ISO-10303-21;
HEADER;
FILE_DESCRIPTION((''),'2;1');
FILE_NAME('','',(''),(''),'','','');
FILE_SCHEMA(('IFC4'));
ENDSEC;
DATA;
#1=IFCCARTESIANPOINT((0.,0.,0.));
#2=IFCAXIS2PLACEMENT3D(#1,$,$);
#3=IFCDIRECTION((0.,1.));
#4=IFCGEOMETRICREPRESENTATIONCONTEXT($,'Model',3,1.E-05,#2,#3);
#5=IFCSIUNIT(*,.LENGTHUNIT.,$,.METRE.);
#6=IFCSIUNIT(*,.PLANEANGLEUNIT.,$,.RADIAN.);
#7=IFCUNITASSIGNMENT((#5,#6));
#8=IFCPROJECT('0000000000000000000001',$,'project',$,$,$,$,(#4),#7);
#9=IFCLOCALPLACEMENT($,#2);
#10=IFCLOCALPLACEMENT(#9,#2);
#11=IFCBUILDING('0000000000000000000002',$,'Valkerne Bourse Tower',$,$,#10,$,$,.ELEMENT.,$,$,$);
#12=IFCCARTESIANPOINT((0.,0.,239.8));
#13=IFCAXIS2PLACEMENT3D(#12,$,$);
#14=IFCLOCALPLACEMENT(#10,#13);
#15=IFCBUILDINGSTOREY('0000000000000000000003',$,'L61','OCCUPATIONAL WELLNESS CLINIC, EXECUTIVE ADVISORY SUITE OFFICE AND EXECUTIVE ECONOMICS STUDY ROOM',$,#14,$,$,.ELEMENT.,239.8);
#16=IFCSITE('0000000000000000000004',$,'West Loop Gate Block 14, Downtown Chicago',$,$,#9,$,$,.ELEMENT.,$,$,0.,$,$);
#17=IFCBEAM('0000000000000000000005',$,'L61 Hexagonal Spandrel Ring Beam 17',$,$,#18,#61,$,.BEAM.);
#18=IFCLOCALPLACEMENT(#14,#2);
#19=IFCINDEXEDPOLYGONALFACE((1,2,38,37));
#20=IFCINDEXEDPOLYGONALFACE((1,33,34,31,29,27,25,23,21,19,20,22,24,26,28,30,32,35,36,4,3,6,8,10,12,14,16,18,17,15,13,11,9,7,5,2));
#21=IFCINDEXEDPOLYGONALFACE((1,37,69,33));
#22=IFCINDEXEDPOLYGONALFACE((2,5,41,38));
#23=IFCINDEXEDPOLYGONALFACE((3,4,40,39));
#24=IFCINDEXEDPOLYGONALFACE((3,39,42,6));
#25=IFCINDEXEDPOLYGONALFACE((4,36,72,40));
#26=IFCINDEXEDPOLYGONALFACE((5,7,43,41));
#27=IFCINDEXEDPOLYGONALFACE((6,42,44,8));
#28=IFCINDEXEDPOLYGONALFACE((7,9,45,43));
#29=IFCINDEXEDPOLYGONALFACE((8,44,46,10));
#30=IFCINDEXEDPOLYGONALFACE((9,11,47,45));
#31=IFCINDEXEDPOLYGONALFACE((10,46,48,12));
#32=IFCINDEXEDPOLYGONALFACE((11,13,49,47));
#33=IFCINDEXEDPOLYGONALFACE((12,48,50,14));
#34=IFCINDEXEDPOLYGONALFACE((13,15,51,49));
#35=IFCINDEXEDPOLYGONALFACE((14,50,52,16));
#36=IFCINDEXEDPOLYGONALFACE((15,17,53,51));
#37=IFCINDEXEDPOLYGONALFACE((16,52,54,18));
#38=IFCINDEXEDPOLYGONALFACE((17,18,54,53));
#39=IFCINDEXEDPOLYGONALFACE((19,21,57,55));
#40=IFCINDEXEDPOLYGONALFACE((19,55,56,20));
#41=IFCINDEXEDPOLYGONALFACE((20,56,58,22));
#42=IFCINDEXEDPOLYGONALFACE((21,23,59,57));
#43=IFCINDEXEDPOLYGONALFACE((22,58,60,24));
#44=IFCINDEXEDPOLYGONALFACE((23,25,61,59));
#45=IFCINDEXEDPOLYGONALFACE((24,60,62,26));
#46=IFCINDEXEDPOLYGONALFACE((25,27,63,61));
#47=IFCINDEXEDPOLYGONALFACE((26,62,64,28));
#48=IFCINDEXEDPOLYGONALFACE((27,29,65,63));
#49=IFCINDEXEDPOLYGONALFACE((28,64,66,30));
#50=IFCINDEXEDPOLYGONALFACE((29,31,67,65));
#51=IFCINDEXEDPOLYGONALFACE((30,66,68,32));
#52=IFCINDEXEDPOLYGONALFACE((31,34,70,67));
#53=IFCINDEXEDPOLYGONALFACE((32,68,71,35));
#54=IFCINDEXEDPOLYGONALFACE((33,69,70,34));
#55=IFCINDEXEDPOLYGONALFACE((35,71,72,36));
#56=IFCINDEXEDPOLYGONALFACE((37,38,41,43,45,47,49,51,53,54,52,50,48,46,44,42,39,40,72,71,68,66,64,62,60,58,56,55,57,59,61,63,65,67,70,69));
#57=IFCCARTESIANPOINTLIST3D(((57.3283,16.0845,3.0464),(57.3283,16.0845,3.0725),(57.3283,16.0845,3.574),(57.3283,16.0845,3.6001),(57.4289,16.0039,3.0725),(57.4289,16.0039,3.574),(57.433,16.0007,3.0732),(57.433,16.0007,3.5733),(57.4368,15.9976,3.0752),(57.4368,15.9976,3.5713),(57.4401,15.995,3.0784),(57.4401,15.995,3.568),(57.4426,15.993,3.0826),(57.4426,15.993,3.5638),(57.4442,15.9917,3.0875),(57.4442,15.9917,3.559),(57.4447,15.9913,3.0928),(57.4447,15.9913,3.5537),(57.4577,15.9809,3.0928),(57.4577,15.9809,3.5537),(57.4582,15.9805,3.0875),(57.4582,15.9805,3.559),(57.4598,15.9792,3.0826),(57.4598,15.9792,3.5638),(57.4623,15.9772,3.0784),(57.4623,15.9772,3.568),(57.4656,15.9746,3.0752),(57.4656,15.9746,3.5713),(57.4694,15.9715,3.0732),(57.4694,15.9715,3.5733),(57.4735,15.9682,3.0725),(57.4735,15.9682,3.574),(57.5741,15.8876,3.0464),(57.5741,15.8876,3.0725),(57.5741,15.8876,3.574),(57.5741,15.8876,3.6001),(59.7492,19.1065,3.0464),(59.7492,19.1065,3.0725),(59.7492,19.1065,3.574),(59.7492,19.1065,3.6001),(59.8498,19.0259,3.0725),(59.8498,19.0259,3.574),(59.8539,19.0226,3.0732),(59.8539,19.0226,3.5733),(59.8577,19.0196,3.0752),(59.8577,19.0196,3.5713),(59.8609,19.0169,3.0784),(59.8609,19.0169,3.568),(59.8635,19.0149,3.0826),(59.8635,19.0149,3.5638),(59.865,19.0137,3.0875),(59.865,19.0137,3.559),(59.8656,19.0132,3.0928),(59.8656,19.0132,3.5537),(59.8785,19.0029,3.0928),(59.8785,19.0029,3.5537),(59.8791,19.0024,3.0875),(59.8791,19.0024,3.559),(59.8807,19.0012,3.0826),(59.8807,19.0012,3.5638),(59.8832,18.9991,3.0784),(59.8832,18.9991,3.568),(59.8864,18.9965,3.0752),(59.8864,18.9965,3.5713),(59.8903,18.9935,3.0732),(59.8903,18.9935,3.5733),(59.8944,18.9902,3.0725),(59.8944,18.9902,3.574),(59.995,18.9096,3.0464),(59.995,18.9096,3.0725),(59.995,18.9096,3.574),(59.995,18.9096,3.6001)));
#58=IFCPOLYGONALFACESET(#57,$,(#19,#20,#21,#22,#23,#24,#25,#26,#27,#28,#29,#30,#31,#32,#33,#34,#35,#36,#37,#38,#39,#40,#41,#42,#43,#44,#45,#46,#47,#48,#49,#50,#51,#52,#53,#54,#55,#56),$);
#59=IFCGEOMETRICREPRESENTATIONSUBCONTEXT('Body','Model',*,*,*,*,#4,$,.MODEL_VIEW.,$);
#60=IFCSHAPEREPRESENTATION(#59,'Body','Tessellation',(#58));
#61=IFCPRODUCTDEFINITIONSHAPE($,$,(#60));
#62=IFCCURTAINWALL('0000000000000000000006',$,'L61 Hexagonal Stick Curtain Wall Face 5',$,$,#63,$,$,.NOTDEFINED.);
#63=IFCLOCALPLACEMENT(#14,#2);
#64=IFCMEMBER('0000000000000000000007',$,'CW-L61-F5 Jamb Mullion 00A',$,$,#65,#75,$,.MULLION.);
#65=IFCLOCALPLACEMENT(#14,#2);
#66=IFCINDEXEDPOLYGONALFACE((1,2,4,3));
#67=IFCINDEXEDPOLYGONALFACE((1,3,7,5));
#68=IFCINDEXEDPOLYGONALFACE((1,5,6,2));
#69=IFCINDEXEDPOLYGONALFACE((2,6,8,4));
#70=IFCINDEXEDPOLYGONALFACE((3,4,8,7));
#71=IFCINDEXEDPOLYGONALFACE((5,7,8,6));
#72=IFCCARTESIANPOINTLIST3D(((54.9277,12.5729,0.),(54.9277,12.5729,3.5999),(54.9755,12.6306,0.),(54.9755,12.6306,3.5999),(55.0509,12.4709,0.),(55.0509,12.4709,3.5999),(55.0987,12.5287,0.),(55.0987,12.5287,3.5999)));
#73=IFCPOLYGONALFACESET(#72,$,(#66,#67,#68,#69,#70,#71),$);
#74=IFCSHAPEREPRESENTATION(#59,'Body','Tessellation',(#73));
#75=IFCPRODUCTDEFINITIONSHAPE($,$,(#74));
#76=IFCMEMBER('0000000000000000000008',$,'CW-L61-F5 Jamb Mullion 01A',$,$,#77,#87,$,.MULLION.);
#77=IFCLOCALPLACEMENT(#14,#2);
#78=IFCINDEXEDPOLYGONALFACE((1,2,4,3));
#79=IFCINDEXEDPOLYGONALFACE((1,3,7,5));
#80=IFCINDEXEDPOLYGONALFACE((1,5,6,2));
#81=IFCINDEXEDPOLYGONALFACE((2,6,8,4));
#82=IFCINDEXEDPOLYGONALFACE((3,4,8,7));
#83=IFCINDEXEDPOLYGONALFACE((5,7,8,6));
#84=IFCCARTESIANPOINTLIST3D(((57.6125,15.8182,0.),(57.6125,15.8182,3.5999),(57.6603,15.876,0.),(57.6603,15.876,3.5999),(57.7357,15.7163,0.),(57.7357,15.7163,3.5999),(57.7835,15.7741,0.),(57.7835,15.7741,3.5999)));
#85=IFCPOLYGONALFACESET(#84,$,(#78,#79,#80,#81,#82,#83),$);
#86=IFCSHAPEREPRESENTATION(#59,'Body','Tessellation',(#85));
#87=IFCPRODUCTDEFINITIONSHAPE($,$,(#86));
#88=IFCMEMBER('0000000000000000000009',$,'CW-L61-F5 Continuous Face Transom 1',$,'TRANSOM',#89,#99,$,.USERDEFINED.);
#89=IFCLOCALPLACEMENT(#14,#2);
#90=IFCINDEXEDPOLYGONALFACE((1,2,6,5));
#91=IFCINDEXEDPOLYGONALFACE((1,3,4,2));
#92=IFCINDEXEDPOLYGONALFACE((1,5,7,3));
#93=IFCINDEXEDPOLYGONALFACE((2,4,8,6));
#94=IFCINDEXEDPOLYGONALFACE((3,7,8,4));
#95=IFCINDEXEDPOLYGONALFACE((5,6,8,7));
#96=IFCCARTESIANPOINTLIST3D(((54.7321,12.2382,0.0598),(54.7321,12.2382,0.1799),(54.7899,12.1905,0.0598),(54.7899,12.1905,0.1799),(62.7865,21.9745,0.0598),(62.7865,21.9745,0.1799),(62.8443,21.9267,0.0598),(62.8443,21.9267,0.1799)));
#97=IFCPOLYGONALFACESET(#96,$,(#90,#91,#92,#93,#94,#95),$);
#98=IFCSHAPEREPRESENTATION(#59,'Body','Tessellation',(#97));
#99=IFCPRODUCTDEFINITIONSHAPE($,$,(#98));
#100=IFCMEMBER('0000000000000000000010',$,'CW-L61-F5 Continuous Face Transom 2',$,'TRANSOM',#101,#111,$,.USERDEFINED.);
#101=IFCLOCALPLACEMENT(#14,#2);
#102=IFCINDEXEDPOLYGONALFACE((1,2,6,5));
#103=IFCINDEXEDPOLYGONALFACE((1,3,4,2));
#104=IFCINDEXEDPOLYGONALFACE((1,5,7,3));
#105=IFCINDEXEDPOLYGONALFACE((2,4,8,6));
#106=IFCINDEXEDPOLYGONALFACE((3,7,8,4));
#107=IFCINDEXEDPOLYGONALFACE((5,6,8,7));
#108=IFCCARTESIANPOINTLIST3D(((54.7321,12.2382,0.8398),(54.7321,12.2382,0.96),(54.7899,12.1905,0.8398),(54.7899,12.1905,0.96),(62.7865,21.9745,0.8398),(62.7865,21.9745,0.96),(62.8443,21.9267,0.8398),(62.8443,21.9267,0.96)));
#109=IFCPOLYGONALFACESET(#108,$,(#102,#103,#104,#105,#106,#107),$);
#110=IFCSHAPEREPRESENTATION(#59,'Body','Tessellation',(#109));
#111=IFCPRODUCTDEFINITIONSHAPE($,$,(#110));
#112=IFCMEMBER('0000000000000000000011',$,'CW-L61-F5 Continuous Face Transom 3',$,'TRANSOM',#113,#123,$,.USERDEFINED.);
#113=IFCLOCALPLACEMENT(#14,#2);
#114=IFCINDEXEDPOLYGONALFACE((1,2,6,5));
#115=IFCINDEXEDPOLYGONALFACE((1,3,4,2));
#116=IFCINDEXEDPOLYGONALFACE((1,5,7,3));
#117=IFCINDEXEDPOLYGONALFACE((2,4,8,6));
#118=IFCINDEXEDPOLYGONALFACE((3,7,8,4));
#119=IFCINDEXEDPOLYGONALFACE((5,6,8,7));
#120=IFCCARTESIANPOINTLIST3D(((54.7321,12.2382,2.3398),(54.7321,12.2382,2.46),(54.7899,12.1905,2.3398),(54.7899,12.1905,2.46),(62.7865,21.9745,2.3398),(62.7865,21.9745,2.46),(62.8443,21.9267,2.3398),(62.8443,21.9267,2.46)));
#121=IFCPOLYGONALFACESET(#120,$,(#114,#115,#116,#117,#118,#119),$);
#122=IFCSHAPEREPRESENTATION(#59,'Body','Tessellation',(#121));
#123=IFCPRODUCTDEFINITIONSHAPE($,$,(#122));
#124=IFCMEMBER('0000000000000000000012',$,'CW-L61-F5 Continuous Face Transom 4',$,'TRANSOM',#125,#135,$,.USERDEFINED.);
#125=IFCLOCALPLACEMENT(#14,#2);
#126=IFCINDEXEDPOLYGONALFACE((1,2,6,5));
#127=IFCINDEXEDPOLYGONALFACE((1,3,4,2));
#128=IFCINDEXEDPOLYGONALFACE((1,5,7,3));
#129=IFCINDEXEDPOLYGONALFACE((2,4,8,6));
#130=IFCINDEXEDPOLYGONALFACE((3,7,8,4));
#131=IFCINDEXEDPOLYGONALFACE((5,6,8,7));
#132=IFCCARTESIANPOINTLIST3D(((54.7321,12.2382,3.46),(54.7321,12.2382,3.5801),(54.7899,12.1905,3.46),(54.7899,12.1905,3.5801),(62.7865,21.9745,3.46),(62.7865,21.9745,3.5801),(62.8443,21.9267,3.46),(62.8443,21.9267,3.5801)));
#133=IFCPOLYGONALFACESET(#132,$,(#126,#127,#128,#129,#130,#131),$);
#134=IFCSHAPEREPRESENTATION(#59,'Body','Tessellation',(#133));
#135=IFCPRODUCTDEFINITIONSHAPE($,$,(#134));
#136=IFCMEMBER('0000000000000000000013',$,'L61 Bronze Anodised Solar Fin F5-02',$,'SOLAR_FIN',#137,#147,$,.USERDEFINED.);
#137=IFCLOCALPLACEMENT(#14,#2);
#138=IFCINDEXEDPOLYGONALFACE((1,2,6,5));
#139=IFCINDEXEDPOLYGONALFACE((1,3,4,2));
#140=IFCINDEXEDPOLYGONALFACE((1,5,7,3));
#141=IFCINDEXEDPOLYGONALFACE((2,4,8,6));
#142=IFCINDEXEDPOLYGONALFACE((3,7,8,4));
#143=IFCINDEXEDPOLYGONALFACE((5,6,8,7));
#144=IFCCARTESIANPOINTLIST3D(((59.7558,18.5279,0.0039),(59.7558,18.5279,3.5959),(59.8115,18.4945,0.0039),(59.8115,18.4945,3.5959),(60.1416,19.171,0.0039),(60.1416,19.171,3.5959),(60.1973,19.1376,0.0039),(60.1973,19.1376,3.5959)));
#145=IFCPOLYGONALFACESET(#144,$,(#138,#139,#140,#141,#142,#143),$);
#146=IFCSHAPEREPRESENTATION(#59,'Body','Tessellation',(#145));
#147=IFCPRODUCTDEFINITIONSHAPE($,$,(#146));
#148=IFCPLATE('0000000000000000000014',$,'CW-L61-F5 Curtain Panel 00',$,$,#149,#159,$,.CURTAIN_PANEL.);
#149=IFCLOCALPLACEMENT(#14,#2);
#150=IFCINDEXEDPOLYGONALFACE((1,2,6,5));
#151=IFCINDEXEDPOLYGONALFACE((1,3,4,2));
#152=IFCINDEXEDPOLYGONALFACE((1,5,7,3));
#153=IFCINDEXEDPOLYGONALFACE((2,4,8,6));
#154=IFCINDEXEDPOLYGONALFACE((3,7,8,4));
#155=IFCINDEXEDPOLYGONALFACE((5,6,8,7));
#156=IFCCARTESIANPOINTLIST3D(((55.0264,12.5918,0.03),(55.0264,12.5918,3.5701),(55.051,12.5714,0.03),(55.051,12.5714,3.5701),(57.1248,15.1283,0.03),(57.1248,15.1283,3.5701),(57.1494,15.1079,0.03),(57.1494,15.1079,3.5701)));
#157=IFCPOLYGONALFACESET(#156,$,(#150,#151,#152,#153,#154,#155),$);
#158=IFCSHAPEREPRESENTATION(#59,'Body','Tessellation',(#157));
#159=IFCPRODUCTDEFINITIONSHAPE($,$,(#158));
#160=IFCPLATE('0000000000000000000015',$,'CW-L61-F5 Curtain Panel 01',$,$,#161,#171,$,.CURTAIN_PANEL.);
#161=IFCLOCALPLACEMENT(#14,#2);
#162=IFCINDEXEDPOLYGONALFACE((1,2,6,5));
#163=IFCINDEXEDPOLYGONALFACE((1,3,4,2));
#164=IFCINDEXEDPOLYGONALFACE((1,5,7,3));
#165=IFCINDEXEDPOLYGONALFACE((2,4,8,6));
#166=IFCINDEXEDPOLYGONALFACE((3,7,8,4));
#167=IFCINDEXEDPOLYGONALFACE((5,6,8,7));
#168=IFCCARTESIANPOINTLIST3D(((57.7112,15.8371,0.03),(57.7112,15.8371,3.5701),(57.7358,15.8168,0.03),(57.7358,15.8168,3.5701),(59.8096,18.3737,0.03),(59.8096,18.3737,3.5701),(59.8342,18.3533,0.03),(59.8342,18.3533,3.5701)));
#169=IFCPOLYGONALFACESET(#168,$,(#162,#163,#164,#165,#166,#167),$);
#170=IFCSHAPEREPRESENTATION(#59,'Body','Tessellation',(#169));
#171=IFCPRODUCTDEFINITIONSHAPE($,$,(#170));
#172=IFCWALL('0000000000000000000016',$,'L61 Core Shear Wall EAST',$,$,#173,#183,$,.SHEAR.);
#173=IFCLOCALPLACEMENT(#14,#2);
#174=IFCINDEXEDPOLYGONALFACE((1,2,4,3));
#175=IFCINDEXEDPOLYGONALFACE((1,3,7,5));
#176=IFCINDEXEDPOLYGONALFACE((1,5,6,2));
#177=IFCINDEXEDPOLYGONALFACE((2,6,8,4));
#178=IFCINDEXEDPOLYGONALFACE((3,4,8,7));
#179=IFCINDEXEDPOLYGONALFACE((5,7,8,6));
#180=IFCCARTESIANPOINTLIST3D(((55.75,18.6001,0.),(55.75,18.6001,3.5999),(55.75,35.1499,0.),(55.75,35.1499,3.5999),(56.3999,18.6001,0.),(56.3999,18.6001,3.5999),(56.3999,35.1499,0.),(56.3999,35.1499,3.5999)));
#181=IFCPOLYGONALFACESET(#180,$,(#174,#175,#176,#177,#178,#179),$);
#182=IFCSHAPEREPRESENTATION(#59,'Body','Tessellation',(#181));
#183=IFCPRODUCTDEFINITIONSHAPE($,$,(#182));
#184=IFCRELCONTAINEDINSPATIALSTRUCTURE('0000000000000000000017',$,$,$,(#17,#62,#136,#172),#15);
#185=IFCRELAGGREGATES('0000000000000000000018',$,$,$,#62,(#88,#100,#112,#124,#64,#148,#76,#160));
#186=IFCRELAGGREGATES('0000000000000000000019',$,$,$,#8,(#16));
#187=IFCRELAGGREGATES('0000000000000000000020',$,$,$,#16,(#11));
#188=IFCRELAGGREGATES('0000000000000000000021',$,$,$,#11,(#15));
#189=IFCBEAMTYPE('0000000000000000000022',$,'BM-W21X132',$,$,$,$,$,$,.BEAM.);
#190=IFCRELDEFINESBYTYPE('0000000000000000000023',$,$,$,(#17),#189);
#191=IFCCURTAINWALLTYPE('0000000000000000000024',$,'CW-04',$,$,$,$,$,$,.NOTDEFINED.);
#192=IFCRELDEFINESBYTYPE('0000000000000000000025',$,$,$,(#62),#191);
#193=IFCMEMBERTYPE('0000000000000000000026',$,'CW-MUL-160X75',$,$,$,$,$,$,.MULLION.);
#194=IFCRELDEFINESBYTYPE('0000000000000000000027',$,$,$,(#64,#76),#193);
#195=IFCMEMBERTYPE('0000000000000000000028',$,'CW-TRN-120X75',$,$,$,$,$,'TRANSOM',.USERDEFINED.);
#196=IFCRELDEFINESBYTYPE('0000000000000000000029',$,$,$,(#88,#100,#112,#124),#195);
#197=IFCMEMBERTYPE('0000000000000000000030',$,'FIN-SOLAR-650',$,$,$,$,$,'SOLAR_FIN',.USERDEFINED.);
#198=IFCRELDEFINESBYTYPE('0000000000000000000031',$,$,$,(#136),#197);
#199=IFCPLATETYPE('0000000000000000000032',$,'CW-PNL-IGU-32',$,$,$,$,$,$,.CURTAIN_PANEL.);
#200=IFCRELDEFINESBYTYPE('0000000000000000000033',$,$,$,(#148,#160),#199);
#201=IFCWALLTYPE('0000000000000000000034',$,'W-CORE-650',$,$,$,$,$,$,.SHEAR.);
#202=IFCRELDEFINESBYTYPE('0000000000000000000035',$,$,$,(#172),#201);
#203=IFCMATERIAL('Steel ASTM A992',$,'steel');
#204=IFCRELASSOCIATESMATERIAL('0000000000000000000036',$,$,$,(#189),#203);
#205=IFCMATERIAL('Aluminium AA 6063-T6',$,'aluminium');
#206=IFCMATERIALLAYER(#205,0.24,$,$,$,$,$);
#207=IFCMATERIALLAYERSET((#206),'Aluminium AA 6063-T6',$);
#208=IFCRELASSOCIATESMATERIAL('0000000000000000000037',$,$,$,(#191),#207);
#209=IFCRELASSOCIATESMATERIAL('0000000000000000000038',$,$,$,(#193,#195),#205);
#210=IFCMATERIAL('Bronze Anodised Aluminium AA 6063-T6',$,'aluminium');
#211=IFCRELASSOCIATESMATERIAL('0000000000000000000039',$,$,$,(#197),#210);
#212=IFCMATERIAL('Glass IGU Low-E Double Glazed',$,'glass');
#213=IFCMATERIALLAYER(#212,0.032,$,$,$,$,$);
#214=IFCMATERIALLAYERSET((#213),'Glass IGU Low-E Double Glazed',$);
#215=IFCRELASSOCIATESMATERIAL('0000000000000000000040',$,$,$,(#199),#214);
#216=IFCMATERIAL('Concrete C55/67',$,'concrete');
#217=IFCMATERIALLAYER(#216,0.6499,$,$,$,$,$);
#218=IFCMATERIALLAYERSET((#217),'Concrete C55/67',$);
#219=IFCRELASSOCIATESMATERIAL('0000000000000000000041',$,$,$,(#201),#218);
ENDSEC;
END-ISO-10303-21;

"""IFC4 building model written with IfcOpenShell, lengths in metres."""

from ifc_helpers import new_model, si_unit, direction, frame, frame_2d, origin, origin_2d, place, context, subcontext, project, spatial, rectangle, i_section, extrude, material, layer, layer_set, material_profile, profile_set, type_object, element, aggregate, save


model = new_model("IFC4")

# Units and contexts
model_context = context("Model", 3, precision=1e-05, world=origin(), true_north=direction((0.0, 1.0)))
body_context = subcontext(model_context, "Body", "Model", "MODEL_VIEW")
ifc_project = project(units=[si_unit("LENGTHUNIT", "METRE"), si_unit("PLANEANGLEUNIT", "RADIAN")], contexts=[model_context])

# Site, building, storey
site_placement = place(None, origin())
site = spatial("IfcSite", under=ifc_project, at=site_placement, Name="West Loop Gate Block 14, Downtown Chicago", CompositionType="ELEMENT", RefElevation=0.0)
building_placement = place(site_placement, origin())
building = spatial("IfcBuilding", under=site, at=building_placement, Name="Valkerne Bourse Tower", CompositionType="ELEMENT")
storey_placement = place(building_placement, frame((0.0, 0.0, 239.8)))
storey = spatial("IfcBuildingStorey", under=building, at=storey_placement, Name="L61", Description="OCCUPATIONAL WELLNESS CLINIC, EXECUTIVE ADVISORY SUITE OFFICE AND EXECUTIVE ECONOMICS STUDY ROOM", CompositionType="ELEMENT", Elevation=239.8)

# Beam
ifc_material_1 = material(Name="Steel ASTM A992", Category="steel")
ifc_material_profile_1 = material_profile(ifc_material_1, i_section(OverallWidth=0.3149, OverallDepth=0.5537, WebThickness=0.0166, FlangeThickness=0.0261, FilletRadius=0.0203, at=origin_2d()), Name="W21X132")
ifc_profile_set_1 = profile_set([ifc_material_profile_1], Name="Steel ASTM A992")
beam_type = type_object("IfcBeamType", Name="BM-W21X132", PredefinedType="BEAM", material=ifc_profile_set_1)
beam_1_placement = place(storey_placement, frame((57.4512, 15.9861, 3.3232), z_axis=(0.625218, 0.78045, 0.0), x_axis=(-0.78045, 0.625218, 0.0)))
element("IfcBeam", 1, at=beam_1_placement, inside=storey, type_object=beam_type, Name="L61 Hexagonal Spandrel Ring Beam 17", PredefinedType="BEAM", context=body_context, shape_type="SweptSolid", body=[
    extrude(i_section(OverallWidth=0.3149, OverallDepth=0.5537, WebThickness=0.0166, FlangeThickness=0.0261, FilletRadius=0.0203, at=origin_2d()), origin(), (0.0, 0.0, 1.0), 3.8721),
])

# Curtain wall, members
ifc_material_2 = material(Name="Aluminium AA 6063-T6", Category="aluminium")
ifc_layer_1 = layer(ifc_material_2, 0.24)
ifc_layer_set_1 = layer_set([ifc_layer_1], Name="Aluminium AA 6063-T6")
curtain_wall_type = type_object("IfcCurtainWallType", Name="CW-04", PredefinedType="NOTDEFINED", material=ifc_layer_set_1)
curtain_wall_placement = place(storey_placement, origin())
curtain_wall = element("IfcCurtainWall", 2, at=curtain_wall_placement, inside=storey, type_object=curtain_wall_type, Name="L61 Hexagonal Stick Curtain Wall Face 5", PredefinedType="NOTDEFINED")
ifc_material_profile_2 = material_profile(ifc_material_2, rectangle(XDim=0.075, YDim=0.1599, at=origin_2d()), Name="CWM-75X160")
ifc_profile_set_2 = profile_set([ifc_material_profile_2], Name="Aluminium AA 6063-T6")
member_type_1 = type_object("IfcMemberType", Name="CW-MUL-160X75", PredefinedType="MULLION", material=ifc_profile_set_2)
member_1_placement = place(storey_placement, frame((55.0132, 12.5508, 0.0), z_axis=(0.0, 0.0, 1.0), x_axis=(0.63742, 0.770517, 0.0)))
member_1 = element("IfcMember", 3, at=member_1_placement, type_object=member_type_1, Name="CW-L61-F5 Jamb Mullion 00A", PredefinedType="MULLION", context=body_context, shape_type="SweptSolid", body=[
    extrude(rectangle(XDim=0.075, YDim=0.1599, at=origin_2d()), origin(), (0.0, 0.0, 1.0), 3.5999),
])
member_2_placement = place(storey_placement, frame((57.698, 15.7961, 0.0), z_axis=(0.0, 0.0, 1.0), x_axis=(0.63742, 0.770517, 0.0)))
member_2 = element("IfcMember", 4, at=member_2_placement, type_object=member_type_1, Name="CW-L61-F5 Jamb Mullion 01A", PredefinedType="MULLION", context=body_context, shape_type="SweptSolid", body=[
    extrude(rectangle(XDim=0.075, YDim=0.1599, at=origin_2d()), origin(), (0.0, 0.0, 1.0), 3.5999),
])
ifc_material_profile_3 = material_profile(ifc_material_2, rectangle(XDim=0.075, YDim=0.1201, at=origin_2d()), Name="CWT-75X120")
ifc_profile_set_3 = profile_set([ifc_material_profile_3], Name="Aluminium AA 6063-T6")
member_type_2 = type_object("IfcMemberType", Name="CW-TRN-120X75", ElementType="TRANSOM", PredefinedType="USERDEFINED", material=ifc_profile_set_3)
member_3_placement = place(storey_placement, frame((54.761, 12.2144, 0.1199), z_axis=(0.637417, 0.770519, 0.0), x_axis=(-0.770519, 0.637417, 0.0)))
member_3 = element("IfcMember", 5, at=member_3_placement, type_object=member_type_2, Name="CW-L61-F5 Continuous Face Transom 1", ObjectType="TRANSOM", PredefinedType="USERDEFINED", context=body_context, shape_type="SweptSolid", body=[
    extrude(rectangle(XDim=0.075, YDim=0.1201, at=origin_2d()), origin(), (0.0, 0.0, 1.0), 12.636),
])
member_4_placement = place(storey_placement, frame((54.761, 12.2144, 0.8999), z_axis=(0.637417, 0.770519, 0.0), x_axis=(-0.770519, 0.637417, 0.0)))
member_4 = element("IfcMember", 6, at=member_4_placement, type_object=member_type_2, Name="CW-L61-F5 Continuous Face Transom 2", ObjectType="TRANSOM", PredefinedType="USERDEFINED", context=body_context, shape_type="SweptSolid", body=[
    extrude(rectangle(XDim=0.075, YDim=0.1201, at=origin_2d()), origin(), (0.0, 0.0, 1.0), 12.636),
])
member_5_placement = place(storey_placement, frame((54.761, 12.2144, 2.3999), z_axis=(0.637417, 0.770519, 0.0), x_axis=(-0.770519, 0.637417, 0.0)))
member_5 = element("IfcMember", 7, at=member_5_placement, type_object=member_type_2, Name="CW-L61-F5 Continuous Face Transom 3", ObjectType="TRANSOM", PredefinedType="USERDEFINED", context=body_context, shape_type="SweptSolid", body=[
    extrude(rectangle(XDim=0.075, YDim=0.1201, at=origin_2d()), origin(), (0.0, 0.0, 1.0), 12.636),
])
member_6_placement = place(storey_placement, frame((54.761, 12.2144, 3.52), z_axis=(0.637417, 0.770519, 0.0), x_axis=(-0.770519, 0.637417, 0.0)))
member_6 = element("IfcMember", 8, at=member_6_placement, type_object=member_type_2, Name="CW-L61-F5 Continuous Face Transom 4", ObjectType="TRANSOM", PredefinedType="USERDEFINED", context=body_context, shape_type="SweptSolid", body=[
    extrude(rectangle(XDim=0.075, YDim=0.1201, at=origin_2d()), origin(), (0.0, 0.0, 1.0), 12.636),
])

# Member
ifc_material_3 = material(Name="Bronze Anodised Aluminium AA 6063-T6", Category="aluminium")
ifc_material_profile_4 = material_profile(ifc_material_3, rectangle(XDim=0.0649, YDim=0.75, at=origin_2d()), Name="FIN-65X750")
ifc_profile_set_4 = profile_set([ifc_material_profile_4], Name="Bronze Anodised Aluminium AA 6063-T6")
member_type_3 = type_object("IfcMemberType", Name="FIN-SOLAR-650", ElementType="SOLAR_FIN", PredefinedType="USERDEFINED", material=ifc_profile_set_4)
member_7_placement = place(storey_placement, frame((59.9766, 18.8328, 0.0039), z_axis=(0.0, 0.0, 1.0), x_axis=(0.857508, -0.514471, 0.0)))
element("IfcMember", 9, at=member_7_placement, inside=storey, type_object=member_type_3, Name="L61 Bronze Anodised Solar Fin F5-02", ObjectType="SOLAR_FIN", PredefinedType="USERDEFINED", context=body_context, shape_type="SweptSolid", body=[
    extrude(rectangle(XDim=0.0649, YDim=0.75, at=origin_2d()), origin(), (0.0, 0.0, 1.0), 3.592),
])

# Plates
ifc_material_4 = material(Name="Glass IGU Low-E Double Glazed", Category="glass")
ifc_layer_2 = layer(ifc_material_4, 0.032)
ifc_layer_set_2 = layer_set([ifc_layer_2], Name="Glass IGU Low-E Double Glazed")
plate_type = type_object("IfcPlateType", Name="CW-PNL-IGU-32", PredefinedType="CURTAIN_PANEL", material=ifc_layer_set_2)
plate_1_placement = place(storey_placement, frame((56.0879, 13.8499, 0.03), z_axis=(0.0, 0.0, 1.0), x_axis=(0.63742, 0.770517, 0.0)))
plate_1 = element("IfcPlate", 10, at=plate_1_placement, type_object=plate_type, Name="CW-L61-F5 Curtain Panel 00", PredefinedType="CURTAIN_PANEL", context=body_context, shape_type="SweptSolid", body=[
    extrude(rectangle(XDim=3.292, YDim=0.032, at=origin_2d()), origin(), (0.0, 0.0, 1.0), 3.54),
])
plate_2_placement = place(storey_placement, frame((58.7727, 17.0952, 0.03), z_axis=(0.0, 0.0, 1.0), x_axis=(0.63742, 0.770517, 0.0)))
plate_2 = element("IfcPlate", 11, at=plate_2_placement, type_object=plate_type, Name="CW-L61-F5 Curtain Panel 01", PredefinedType="CURTAIN_PANEL", context=body_context, shape_type="SweptSolid", body=[
    extrude(rectangle(XDim=3.292, YDim=0.032, at=origin_2d()), origin(), (0.0, 0.0, 1.0), 3.54),
])
aggregate(curtain_wall, [member_3, member_4, member_5, member_6, member_1, plate_1, member_2, plate_2])

# Wall
ifc_material_5 = material(Name="Concrete C55/67", Category="concrete")
ifc_layer_3 = layer(ifc_material_5, 0.6499)
ifc_layer_set_3 = layer_set([ifc_layer_3], Name="Concrete C55/67")
wall_type_1 = type_object("IfcWallType", Name="W-CORE-650", PredefinedType="SHEAR", material=ifc_layer_set_3)
wall_1_placement = place(storey_placement, frame((56.075, 18.6001, 0.0), z_axis=(0.0, 0.0, 1.0), x_axis=(0.0, 1.0, 0.0)))
element("IfcWall", 12, at=wall_1_placement, inside=storey, type_object=wall_type_1, Name="L61 Core Shear Wall EAST", PredefinedType="SHEAR", context=body_context, shape_type="SweptSolid", body=[
    extrude(rectangle(XDim=16.5498, YDim=0.6499, at=frame_2d((8.2749, 0.0))), origin(), (0.0, 0.0, 1.0), 3.5999),
])

save(model, "model.ifc")
